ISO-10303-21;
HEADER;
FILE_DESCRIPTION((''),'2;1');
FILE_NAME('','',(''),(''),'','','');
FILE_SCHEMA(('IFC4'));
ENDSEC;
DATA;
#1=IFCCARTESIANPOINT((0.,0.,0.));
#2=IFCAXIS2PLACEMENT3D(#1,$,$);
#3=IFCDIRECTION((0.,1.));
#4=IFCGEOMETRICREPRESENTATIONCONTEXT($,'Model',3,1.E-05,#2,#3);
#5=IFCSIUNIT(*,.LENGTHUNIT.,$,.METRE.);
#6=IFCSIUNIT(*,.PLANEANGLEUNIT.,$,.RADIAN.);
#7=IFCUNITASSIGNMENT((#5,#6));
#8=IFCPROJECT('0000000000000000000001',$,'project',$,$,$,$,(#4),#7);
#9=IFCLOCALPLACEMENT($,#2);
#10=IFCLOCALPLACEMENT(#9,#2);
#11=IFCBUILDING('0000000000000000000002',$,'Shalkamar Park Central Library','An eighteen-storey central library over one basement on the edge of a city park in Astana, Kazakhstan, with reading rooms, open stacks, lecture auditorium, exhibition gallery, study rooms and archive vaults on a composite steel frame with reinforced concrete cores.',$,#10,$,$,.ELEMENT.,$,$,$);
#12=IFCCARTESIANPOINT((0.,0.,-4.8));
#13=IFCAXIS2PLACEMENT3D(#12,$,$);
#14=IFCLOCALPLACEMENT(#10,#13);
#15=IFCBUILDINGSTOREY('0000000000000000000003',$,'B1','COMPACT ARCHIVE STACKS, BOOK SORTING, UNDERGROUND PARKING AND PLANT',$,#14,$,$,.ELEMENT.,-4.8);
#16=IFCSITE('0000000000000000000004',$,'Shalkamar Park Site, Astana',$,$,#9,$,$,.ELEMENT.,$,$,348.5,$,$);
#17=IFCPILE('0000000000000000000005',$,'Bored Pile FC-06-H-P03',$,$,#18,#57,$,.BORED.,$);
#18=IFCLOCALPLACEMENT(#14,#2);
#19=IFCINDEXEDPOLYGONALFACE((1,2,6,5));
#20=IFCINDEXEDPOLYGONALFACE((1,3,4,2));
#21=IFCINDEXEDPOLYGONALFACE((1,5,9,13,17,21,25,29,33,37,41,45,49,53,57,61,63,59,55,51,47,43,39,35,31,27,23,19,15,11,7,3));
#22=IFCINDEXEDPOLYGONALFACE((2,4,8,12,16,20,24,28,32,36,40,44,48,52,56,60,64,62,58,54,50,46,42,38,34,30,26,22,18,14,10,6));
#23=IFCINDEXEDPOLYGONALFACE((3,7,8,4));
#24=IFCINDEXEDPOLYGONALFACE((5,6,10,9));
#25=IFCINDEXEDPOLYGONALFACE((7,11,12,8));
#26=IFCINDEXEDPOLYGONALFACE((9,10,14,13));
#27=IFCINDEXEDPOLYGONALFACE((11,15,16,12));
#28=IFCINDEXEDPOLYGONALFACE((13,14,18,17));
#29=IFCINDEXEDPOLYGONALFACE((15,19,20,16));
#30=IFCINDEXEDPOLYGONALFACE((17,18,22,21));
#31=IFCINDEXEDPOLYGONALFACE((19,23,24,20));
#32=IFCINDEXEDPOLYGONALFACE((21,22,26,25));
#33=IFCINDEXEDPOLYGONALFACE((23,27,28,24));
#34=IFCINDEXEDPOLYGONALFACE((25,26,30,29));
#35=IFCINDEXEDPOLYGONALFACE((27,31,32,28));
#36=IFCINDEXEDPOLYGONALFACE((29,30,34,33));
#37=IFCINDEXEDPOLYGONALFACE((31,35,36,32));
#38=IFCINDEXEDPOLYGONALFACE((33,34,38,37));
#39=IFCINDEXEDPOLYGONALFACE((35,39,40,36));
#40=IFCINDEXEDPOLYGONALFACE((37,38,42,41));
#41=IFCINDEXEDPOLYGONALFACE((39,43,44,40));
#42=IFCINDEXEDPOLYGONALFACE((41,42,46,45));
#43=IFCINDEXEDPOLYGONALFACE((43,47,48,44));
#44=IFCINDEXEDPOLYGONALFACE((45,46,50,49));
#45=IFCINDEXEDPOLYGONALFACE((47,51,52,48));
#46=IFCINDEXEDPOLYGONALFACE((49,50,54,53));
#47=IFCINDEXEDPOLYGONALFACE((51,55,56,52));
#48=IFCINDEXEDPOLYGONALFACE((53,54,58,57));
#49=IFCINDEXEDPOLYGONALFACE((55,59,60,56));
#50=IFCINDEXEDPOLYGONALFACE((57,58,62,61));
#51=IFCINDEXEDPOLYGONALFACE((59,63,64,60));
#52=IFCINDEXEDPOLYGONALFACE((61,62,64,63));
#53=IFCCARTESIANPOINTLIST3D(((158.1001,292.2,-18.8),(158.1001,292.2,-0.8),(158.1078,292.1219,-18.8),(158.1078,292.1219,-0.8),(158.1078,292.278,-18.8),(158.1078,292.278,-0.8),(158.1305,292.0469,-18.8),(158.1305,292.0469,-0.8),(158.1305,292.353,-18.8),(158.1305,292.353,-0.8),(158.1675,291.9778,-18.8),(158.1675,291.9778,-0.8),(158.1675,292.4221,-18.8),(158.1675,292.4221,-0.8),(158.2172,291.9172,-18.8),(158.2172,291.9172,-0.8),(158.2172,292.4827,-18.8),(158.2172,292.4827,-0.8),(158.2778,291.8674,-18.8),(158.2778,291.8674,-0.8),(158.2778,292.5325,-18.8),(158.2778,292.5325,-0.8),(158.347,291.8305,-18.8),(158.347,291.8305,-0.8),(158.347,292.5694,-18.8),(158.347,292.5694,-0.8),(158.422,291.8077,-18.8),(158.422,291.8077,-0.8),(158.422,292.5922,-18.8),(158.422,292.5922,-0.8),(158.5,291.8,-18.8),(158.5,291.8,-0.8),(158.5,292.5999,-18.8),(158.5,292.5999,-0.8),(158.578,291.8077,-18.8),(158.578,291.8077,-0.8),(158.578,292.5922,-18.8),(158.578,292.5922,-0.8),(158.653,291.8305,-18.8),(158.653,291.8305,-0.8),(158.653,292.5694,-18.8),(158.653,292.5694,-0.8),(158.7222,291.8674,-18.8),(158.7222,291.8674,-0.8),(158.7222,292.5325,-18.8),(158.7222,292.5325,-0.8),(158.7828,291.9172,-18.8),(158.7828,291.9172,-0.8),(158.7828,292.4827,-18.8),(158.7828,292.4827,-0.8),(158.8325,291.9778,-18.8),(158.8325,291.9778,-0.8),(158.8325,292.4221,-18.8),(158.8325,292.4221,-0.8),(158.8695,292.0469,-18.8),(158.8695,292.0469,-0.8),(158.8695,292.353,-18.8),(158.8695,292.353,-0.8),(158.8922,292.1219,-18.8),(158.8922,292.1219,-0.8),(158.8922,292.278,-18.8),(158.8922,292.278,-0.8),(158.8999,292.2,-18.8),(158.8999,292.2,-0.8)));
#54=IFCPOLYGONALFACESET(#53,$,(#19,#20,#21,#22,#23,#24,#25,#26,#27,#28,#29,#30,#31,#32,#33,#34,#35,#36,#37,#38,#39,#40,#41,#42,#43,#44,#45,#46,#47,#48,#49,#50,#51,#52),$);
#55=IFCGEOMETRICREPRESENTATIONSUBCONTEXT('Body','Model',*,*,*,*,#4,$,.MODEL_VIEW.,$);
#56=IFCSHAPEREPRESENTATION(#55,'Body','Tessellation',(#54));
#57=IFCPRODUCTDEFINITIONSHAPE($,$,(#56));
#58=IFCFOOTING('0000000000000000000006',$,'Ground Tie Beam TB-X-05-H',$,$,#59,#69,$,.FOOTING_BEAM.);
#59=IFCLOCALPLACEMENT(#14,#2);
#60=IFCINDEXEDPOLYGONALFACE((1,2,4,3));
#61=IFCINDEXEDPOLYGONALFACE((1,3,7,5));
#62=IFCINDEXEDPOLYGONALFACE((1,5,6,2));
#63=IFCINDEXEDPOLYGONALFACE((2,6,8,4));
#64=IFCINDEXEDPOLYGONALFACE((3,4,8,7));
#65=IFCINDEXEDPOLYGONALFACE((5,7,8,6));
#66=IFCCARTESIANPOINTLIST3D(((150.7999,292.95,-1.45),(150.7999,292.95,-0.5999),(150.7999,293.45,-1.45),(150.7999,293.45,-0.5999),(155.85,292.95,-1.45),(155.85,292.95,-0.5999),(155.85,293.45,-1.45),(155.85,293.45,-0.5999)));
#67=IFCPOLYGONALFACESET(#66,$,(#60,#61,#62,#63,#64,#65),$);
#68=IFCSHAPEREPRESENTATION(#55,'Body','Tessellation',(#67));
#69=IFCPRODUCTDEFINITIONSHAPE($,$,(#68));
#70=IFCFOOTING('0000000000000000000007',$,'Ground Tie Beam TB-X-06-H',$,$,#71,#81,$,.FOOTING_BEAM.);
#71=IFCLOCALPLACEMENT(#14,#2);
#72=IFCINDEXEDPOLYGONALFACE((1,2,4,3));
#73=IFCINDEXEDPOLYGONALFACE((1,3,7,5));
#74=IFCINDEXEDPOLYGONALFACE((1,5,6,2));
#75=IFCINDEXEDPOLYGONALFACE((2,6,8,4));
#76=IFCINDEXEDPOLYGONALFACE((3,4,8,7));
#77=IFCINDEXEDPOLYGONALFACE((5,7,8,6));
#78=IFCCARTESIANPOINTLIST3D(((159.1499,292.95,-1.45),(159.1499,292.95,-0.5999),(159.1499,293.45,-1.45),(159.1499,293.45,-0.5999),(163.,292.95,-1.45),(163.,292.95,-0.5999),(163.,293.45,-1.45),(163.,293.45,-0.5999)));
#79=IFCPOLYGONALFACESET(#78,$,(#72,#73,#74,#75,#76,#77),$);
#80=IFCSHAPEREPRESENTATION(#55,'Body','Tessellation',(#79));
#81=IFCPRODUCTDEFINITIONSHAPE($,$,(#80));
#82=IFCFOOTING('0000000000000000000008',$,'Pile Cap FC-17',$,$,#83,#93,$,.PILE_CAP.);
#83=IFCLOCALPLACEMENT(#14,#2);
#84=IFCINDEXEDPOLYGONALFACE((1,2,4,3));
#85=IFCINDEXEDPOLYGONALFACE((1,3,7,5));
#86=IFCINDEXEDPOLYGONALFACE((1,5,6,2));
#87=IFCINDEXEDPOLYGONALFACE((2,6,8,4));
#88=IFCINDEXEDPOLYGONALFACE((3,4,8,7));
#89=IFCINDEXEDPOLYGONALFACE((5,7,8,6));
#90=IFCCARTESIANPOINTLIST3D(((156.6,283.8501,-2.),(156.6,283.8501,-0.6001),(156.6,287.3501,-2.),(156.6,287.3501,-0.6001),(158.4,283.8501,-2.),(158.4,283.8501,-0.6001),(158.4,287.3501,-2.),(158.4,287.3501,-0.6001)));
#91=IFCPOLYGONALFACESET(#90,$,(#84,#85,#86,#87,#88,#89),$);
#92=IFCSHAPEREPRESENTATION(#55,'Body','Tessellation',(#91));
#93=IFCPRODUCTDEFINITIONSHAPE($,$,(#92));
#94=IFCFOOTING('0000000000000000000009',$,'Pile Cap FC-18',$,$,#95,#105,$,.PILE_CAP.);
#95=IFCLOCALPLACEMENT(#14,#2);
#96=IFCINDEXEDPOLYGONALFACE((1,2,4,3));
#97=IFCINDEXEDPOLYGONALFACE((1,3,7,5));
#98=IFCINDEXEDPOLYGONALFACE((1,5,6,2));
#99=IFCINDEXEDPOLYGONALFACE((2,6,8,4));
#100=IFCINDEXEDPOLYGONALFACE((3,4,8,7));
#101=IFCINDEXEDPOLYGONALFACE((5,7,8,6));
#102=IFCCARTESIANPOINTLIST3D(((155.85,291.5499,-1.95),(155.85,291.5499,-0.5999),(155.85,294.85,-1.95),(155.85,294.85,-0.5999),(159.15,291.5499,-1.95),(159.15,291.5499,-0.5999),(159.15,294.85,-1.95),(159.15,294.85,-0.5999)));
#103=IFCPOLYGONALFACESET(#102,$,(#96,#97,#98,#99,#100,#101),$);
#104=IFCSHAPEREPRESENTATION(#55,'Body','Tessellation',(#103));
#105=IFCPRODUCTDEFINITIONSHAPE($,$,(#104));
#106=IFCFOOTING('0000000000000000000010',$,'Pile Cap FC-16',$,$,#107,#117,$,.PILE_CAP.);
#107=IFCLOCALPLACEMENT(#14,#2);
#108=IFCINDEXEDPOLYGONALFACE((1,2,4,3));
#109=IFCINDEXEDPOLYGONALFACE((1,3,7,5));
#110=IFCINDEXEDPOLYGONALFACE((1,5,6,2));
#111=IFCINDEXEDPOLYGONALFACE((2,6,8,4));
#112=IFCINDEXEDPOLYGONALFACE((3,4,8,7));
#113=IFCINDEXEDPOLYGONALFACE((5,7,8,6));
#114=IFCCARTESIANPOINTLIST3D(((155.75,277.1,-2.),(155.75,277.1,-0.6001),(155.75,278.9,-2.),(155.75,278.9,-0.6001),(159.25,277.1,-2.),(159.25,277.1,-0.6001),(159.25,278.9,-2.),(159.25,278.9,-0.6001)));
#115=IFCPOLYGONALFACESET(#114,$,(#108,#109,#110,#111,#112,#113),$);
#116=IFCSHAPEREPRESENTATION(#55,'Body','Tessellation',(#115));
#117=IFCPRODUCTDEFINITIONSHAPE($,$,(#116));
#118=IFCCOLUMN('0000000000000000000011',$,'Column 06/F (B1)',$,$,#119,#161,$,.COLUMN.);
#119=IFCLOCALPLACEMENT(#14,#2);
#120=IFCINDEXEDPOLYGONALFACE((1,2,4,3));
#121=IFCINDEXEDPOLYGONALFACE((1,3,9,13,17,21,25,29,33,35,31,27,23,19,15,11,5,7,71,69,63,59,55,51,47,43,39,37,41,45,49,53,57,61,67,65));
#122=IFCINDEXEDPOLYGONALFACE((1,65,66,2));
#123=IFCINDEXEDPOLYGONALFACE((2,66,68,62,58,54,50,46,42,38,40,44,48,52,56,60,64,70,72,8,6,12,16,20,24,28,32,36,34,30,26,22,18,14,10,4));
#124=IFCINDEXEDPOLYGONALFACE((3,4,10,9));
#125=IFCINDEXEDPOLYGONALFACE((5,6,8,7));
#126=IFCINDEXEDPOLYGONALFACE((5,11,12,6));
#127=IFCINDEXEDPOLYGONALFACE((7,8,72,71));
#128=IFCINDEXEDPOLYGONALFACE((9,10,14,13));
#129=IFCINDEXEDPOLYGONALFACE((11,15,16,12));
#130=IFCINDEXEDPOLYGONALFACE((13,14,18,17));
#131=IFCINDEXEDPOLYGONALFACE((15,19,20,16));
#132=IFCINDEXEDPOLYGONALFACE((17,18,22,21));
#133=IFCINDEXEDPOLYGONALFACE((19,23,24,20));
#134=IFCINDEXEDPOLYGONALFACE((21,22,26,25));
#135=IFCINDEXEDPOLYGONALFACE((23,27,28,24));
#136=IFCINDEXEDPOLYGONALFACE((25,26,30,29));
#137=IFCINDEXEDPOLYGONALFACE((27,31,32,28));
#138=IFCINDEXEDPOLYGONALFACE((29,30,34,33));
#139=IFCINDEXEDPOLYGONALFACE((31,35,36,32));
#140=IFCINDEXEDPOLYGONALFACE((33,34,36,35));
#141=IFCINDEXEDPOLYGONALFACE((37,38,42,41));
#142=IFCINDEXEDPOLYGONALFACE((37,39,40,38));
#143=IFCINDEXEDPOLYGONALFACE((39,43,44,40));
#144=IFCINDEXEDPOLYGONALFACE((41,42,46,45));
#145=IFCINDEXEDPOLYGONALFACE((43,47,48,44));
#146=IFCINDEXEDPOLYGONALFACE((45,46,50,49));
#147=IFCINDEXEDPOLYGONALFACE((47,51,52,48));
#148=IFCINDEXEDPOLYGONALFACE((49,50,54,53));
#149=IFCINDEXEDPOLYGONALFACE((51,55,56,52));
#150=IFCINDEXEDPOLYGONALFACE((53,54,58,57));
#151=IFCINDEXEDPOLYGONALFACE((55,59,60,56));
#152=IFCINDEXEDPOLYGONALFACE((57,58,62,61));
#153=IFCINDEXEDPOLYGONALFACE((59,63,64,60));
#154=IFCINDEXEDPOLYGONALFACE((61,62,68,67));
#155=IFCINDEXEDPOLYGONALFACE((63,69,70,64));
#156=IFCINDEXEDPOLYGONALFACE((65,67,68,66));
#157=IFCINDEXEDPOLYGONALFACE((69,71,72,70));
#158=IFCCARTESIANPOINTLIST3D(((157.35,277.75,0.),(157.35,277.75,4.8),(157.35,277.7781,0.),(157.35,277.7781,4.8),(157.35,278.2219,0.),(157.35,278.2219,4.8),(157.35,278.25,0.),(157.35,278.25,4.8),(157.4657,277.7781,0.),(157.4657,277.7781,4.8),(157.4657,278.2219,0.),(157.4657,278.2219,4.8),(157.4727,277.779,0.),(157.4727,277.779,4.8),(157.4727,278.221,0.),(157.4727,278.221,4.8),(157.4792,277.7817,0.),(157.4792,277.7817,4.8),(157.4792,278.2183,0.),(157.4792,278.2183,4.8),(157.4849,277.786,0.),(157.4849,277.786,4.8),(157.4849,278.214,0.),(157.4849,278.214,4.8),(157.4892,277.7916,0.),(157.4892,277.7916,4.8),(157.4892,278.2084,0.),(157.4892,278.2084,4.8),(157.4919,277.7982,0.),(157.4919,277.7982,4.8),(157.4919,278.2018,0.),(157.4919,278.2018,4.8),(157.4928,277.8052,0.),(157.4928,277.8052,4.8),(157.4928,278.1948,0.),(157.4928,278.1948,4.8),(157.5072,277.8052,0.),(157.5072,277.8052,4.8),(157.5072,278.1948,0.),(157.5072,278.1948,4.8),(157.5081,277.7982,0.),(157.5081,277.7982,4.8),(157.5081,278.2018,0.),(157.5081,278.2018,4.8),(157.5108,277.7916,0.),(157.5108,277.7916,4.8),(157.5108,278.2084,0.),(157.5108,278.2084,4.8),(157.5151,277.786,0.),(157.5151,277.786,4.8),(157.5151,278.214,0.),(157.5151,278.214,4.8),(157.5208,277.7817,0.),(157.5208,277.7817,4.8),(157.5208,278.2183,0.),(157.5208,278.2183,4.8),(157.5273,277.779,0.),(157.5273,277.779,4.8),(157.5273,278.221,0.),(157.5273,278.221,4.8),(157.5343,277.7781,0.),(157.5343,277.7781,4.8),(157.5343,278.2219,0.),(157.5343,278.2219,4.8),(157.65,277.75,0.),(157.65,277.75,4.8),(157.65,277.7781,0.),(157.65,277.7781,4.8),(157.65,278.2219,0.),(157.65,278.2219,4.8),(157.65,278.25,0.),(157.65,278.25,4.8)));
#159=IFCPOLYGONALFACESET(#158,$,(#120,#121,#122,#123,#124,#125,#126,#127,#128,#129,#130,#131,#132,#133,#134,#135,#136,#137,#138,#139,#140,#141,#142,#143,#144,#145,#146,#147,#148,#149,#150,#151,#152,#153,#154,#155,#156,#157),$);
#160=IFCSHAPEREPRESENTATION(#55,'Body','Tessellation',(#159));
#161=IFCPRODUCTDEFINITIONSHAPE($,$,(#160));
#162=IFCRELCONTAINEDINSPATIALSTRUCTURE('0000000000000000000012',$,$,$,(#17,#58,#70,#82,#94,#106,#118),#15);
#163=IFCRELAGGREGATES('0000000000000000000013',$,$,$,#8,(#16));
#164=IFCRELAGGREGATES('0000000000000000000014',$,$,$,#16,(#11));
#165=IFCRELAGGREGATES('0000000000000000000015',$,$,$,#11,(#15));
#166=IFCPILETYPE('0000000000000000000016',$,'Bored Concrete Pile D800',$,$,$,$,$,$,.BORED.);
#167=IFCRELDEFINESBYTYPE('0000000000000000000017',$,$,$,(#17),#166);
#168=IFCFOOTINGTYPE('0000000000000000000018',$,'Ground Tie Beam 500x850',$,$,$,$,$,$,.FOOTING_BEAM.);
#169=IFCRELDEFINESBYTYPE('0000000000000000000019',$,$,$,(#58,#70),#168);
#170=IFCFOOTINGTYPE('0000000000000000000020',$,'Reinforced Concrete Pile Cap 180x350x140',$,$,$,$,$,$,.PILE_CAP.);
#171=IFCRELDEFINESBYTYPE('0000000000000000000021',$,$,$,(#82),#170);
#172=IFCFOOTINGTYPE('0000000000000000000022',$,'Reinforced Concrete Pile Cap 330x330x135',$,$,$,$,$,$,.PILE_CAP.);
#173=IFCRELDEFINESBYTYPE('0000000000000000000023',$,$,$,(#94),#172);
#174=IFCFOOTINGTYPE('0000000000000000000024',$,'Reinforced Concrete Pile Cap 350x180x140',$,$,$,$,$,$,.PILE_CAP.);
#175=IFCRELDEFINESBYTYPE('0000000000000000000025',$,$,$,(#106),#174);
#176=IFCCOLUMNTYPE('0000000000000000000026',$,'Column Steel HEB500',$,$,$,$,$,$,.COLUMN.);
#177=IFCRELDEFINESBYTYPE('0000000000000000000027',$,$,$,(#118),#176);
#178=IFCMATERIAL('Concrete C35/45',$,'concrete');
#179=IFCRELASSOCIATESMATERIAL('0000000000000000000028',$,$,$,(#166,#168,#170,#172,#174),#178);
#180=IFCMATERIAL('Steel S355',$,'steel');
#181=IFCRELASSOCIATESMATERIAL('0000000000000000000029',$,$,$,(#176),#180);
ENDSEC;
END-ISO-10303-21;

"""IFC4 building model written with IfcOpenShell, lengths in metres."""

from ifc_helpers import new_model, si_unit, direction, frame, origin, origin_2d, place, context, subcontext, project, spatial, rectangle, circle, i_section, extrude, material, material_profile, profile_set, type_object, element, save


model = new_model("IFC4")

# Units and contexts
model_context = context("Model", 3, precision=1e-05, world=origin(), true_north=direction((0.0, 1.0)))
body_context = subcontext(model_context, "Body", "Model", "MODEL_VIEW")
ifc_project = project(units=[si_unit("LENGTHUNIT", "METRE"), si_unit("PLANEANGLEUNIT", "RADIAN")], contexts=[model_context])

# Site, building, storey
site_placement = place(None, origin())
site = spatial("IfcSite", under=ifc_project, at=site_placement, Name="Shalkamar Park Site, Astana", CompositionType="ELEMENT", RefElevation=348.5)
building_placement = place(site_placement, origin())
building = spatial("IfcBuilding", under=site, at=building_placement, Name="Shalkamar Park Central Library", Description="An eighteen-storey central library over one basement on the edge of a city park in Astana, Kazakhstan, with reading rooms, open stacks, lecture auditorium, exhibition gallery, study rooms and archive vaults on a composite steel frame with reinforced concrete cores.", CompositionType="ELEMENT")
storey_placement = place(building_placement, frame((0.0, 0.0, -4.8)))
storey = spatial("IfcBuildingStorey", under=building, at=storey_placement, Name="B1", Description="COMPACT ARCHIVE STACKS, BOOK SORTING, UNDERGROUND PARKING AND PLANT", CompositionType="ELEMENT", Elevation=-4.8)

# Pile
ifc_material_1 = material(Name="Concrete C35/45", Category="concrete")
ifc_material_profile_1 = material_profile(ifc_material_1, circle(Radius=0.3999, at=origin_2d()), Name="PILE D800")
ifc_profile_set_1 = profile_set([ifc_material_profile_1], Name="Concrete C35/45")
pile_type_1 = type_object("IfcPileType", Name="Bored Concrete Pile D800", PredefinedType="BORED", material=ifc_profile_set_1)
for number, where, z_axis, x_axis, name in (
    (1, (158.5, 292.2, -0.8), (0.0, 0.0, -1.0), (1.0, 0.0, 0.0), "Bored Pile FC-06-H-P03"),
):
    element("IfcPile", number, at=place(storey_placement, frame(where, z_axis=z_axis, x_axis=x_axis)), inside=storey, type_object=pile_type_1, Name=name, PredefinedType="BORED", context=body_context, shape_type="SweptSolid", body=[
        extrude(circle(Radius=0.3999, at=origin_2d()), origin(), (0.0, 0.0, 1.0), 18.0),
    ])

# Footings
footing_type_1 = type_object("IfcFootingType", Name="Ground Tie Beam 500x850", PredefinedType="FOOTING_BEAM", material=ifc_material_1)
footing_1_placement = place(storey_placement, frame((153.325, 293.2, -1.45), z_axis=(0.0, 0.0, 1.0), x_axis=(1.0, 0.0, 0.0)))
element("IfcFooting", 2, at=footing_1_placement, inside=storey, type_object=footing_type_1, Name="Ground Tie Beam TB-X-05-H", PredefinedType="FOOTING_BEAM", context=body_context, shape_type="SweptSolid", body=[
    extrude(rectangle(XDim=5.05, YDim=0.5, at=origin_2d()), origin(), (0.0, 0.0, 1.0), 0.8501),
])
footing_2_placement = place(storey_placement, frame((161.075, 293.2, -1.45), z_axis=(0.0, 0.0, 1.0), x_axis=(1.0, 0.0, 0.0)))
element("IfcFooting", 3, at=footing_2_placement, inside=storey, type_object=footing_type_1, Name="Ground Tie Beam TB-X-06-H", PredefinedType="FOOTING_BEAM", context=body_context, shape_type="SweptSolid", body=[
    extrude(rectangle(XDim=3.8501, YDim=0.5, at=origin_2d()), origin(), (0.0, 0.0, 1.0), 0.8501),
])
footing_type_2 = type_object("IfcFootingType", Name="Reinforced Concrete Pile Cap 180x350x140", PredefinedType="PILE_CAP", material=ifc_material_1)
footing_3_placement = place(storey_placement, frame((157.5, 285.6001, -2.0), z_axis=(0.0, 0.0, 1.0), x_axis=(1.0, 0.0, 0.0)))
element("IfcFooting", 4, at=footing_3_placement, inside=storey, type_object=footing_type_2, Name="Pile Cap FC-17", PredefinedType="PILE_CAP", context=body_context, shape_type="SweptSolid", body=[
    extrude(rectangle(XDim=1.8, YDim=3.5, at=origin_2d()), origin(), (0.0, 0.0, 1.0), 1.3999),
])
footing_type_3 = type_object("IfcFootingType", Name="Reinforced Concrete Pile Cap 330x330x135", PredefinedType="PILE_CAP", material=ifc_material_1)
footing_4_placement = place(storey_placement, frame((157.5, 293.2, -1.95), z_axis=(0.0, 0.0, 1.0), x_axis=(1.0, 0.0, 0.0)))
element("IfcFooting", 5, at=footing_4_placement, inside=storey, type_object=footing_type_3, Name="Pile Cap FC-18", PredefinedType="PILE_CAP", context=body_context, shape_type="SweptSolid", body=[
    extrude(rectangle(XDim=3.3, YDim=3.3, at=origin_2d()), origin(), (0.0, 0.0, 1.0), 1.3501),
])
footing_type_4 = type_object("IfcFootingType", Name="Reinforced Concrete Pile Cap 350x180x140", PredefinedType="PILE_CAP", material=ifc_material_1)
footing_5_placement = place(storey_placement, frame((157.5, 278.0, -2.0), z_axis=(0.0, 0.0, 1.0), x_axis=(1.0, 0.0, 0.0)))
element("IfcFooting", 6, at=footing_5_placement, inside=storey, type_object=footing_type_4, Name="Pile Cap FC-16", PredefinedType="PILE_CAP", context=body_context, shape_type="SweptSolid", body=[
    extrude(rectangle(XDim=3.5, YDim=1.8, at=origin_2d()), origin(), (0.0, 0.0, 1.0), 1.3999),
])

# Column
ifc_material_2 = material(Name="Steel S355", Category="steel")
ifc_material_profile_2 = material_profile(ifc_material_2, i_section(OverallWidth=0.3, OverallDepth=0.5, WebThickness=0.0144, FlangeThickness=0.0281, FilletRadius=0.0271, at=origin_2d()), Name="HEB 500")
ifc_profile_set_2 = profile_set([ifc_material_profile_2], Name="Steel S355")
column_type = type_object("IfcColumnType", Name="Column Steel HEB500", PredefinedType="COLUMN", material=ifc_profile_set_2)
for number, where, z_axis, x_axis, name in (
    (7, (157.5, 278.0, 0.0), (0.0, 0.0, 1.0), (1.0, 0.0, 0.0), "Column 06/F (B1)"),
):
    element("IfcColumn", number, at=place(storey_placement, frame(where, z_axis=z_axis, x_axis=x_axis)), inside=storey, type_object=column_type, Name=name, PredefinedType="COLUMN", context=body_context, shape_type="SweptSolid", body=[
        extrude(i_section(OverallWidth=0.3, OverallDepth=0.5, WebThickness=0.0144, FlangeThickness=0.0281, FilletRadius=0.0271, at=origin_2d()), origin(), (0.0, 0.0, 1.0), 4.8),
    ])

save(model, "model.ifc")
